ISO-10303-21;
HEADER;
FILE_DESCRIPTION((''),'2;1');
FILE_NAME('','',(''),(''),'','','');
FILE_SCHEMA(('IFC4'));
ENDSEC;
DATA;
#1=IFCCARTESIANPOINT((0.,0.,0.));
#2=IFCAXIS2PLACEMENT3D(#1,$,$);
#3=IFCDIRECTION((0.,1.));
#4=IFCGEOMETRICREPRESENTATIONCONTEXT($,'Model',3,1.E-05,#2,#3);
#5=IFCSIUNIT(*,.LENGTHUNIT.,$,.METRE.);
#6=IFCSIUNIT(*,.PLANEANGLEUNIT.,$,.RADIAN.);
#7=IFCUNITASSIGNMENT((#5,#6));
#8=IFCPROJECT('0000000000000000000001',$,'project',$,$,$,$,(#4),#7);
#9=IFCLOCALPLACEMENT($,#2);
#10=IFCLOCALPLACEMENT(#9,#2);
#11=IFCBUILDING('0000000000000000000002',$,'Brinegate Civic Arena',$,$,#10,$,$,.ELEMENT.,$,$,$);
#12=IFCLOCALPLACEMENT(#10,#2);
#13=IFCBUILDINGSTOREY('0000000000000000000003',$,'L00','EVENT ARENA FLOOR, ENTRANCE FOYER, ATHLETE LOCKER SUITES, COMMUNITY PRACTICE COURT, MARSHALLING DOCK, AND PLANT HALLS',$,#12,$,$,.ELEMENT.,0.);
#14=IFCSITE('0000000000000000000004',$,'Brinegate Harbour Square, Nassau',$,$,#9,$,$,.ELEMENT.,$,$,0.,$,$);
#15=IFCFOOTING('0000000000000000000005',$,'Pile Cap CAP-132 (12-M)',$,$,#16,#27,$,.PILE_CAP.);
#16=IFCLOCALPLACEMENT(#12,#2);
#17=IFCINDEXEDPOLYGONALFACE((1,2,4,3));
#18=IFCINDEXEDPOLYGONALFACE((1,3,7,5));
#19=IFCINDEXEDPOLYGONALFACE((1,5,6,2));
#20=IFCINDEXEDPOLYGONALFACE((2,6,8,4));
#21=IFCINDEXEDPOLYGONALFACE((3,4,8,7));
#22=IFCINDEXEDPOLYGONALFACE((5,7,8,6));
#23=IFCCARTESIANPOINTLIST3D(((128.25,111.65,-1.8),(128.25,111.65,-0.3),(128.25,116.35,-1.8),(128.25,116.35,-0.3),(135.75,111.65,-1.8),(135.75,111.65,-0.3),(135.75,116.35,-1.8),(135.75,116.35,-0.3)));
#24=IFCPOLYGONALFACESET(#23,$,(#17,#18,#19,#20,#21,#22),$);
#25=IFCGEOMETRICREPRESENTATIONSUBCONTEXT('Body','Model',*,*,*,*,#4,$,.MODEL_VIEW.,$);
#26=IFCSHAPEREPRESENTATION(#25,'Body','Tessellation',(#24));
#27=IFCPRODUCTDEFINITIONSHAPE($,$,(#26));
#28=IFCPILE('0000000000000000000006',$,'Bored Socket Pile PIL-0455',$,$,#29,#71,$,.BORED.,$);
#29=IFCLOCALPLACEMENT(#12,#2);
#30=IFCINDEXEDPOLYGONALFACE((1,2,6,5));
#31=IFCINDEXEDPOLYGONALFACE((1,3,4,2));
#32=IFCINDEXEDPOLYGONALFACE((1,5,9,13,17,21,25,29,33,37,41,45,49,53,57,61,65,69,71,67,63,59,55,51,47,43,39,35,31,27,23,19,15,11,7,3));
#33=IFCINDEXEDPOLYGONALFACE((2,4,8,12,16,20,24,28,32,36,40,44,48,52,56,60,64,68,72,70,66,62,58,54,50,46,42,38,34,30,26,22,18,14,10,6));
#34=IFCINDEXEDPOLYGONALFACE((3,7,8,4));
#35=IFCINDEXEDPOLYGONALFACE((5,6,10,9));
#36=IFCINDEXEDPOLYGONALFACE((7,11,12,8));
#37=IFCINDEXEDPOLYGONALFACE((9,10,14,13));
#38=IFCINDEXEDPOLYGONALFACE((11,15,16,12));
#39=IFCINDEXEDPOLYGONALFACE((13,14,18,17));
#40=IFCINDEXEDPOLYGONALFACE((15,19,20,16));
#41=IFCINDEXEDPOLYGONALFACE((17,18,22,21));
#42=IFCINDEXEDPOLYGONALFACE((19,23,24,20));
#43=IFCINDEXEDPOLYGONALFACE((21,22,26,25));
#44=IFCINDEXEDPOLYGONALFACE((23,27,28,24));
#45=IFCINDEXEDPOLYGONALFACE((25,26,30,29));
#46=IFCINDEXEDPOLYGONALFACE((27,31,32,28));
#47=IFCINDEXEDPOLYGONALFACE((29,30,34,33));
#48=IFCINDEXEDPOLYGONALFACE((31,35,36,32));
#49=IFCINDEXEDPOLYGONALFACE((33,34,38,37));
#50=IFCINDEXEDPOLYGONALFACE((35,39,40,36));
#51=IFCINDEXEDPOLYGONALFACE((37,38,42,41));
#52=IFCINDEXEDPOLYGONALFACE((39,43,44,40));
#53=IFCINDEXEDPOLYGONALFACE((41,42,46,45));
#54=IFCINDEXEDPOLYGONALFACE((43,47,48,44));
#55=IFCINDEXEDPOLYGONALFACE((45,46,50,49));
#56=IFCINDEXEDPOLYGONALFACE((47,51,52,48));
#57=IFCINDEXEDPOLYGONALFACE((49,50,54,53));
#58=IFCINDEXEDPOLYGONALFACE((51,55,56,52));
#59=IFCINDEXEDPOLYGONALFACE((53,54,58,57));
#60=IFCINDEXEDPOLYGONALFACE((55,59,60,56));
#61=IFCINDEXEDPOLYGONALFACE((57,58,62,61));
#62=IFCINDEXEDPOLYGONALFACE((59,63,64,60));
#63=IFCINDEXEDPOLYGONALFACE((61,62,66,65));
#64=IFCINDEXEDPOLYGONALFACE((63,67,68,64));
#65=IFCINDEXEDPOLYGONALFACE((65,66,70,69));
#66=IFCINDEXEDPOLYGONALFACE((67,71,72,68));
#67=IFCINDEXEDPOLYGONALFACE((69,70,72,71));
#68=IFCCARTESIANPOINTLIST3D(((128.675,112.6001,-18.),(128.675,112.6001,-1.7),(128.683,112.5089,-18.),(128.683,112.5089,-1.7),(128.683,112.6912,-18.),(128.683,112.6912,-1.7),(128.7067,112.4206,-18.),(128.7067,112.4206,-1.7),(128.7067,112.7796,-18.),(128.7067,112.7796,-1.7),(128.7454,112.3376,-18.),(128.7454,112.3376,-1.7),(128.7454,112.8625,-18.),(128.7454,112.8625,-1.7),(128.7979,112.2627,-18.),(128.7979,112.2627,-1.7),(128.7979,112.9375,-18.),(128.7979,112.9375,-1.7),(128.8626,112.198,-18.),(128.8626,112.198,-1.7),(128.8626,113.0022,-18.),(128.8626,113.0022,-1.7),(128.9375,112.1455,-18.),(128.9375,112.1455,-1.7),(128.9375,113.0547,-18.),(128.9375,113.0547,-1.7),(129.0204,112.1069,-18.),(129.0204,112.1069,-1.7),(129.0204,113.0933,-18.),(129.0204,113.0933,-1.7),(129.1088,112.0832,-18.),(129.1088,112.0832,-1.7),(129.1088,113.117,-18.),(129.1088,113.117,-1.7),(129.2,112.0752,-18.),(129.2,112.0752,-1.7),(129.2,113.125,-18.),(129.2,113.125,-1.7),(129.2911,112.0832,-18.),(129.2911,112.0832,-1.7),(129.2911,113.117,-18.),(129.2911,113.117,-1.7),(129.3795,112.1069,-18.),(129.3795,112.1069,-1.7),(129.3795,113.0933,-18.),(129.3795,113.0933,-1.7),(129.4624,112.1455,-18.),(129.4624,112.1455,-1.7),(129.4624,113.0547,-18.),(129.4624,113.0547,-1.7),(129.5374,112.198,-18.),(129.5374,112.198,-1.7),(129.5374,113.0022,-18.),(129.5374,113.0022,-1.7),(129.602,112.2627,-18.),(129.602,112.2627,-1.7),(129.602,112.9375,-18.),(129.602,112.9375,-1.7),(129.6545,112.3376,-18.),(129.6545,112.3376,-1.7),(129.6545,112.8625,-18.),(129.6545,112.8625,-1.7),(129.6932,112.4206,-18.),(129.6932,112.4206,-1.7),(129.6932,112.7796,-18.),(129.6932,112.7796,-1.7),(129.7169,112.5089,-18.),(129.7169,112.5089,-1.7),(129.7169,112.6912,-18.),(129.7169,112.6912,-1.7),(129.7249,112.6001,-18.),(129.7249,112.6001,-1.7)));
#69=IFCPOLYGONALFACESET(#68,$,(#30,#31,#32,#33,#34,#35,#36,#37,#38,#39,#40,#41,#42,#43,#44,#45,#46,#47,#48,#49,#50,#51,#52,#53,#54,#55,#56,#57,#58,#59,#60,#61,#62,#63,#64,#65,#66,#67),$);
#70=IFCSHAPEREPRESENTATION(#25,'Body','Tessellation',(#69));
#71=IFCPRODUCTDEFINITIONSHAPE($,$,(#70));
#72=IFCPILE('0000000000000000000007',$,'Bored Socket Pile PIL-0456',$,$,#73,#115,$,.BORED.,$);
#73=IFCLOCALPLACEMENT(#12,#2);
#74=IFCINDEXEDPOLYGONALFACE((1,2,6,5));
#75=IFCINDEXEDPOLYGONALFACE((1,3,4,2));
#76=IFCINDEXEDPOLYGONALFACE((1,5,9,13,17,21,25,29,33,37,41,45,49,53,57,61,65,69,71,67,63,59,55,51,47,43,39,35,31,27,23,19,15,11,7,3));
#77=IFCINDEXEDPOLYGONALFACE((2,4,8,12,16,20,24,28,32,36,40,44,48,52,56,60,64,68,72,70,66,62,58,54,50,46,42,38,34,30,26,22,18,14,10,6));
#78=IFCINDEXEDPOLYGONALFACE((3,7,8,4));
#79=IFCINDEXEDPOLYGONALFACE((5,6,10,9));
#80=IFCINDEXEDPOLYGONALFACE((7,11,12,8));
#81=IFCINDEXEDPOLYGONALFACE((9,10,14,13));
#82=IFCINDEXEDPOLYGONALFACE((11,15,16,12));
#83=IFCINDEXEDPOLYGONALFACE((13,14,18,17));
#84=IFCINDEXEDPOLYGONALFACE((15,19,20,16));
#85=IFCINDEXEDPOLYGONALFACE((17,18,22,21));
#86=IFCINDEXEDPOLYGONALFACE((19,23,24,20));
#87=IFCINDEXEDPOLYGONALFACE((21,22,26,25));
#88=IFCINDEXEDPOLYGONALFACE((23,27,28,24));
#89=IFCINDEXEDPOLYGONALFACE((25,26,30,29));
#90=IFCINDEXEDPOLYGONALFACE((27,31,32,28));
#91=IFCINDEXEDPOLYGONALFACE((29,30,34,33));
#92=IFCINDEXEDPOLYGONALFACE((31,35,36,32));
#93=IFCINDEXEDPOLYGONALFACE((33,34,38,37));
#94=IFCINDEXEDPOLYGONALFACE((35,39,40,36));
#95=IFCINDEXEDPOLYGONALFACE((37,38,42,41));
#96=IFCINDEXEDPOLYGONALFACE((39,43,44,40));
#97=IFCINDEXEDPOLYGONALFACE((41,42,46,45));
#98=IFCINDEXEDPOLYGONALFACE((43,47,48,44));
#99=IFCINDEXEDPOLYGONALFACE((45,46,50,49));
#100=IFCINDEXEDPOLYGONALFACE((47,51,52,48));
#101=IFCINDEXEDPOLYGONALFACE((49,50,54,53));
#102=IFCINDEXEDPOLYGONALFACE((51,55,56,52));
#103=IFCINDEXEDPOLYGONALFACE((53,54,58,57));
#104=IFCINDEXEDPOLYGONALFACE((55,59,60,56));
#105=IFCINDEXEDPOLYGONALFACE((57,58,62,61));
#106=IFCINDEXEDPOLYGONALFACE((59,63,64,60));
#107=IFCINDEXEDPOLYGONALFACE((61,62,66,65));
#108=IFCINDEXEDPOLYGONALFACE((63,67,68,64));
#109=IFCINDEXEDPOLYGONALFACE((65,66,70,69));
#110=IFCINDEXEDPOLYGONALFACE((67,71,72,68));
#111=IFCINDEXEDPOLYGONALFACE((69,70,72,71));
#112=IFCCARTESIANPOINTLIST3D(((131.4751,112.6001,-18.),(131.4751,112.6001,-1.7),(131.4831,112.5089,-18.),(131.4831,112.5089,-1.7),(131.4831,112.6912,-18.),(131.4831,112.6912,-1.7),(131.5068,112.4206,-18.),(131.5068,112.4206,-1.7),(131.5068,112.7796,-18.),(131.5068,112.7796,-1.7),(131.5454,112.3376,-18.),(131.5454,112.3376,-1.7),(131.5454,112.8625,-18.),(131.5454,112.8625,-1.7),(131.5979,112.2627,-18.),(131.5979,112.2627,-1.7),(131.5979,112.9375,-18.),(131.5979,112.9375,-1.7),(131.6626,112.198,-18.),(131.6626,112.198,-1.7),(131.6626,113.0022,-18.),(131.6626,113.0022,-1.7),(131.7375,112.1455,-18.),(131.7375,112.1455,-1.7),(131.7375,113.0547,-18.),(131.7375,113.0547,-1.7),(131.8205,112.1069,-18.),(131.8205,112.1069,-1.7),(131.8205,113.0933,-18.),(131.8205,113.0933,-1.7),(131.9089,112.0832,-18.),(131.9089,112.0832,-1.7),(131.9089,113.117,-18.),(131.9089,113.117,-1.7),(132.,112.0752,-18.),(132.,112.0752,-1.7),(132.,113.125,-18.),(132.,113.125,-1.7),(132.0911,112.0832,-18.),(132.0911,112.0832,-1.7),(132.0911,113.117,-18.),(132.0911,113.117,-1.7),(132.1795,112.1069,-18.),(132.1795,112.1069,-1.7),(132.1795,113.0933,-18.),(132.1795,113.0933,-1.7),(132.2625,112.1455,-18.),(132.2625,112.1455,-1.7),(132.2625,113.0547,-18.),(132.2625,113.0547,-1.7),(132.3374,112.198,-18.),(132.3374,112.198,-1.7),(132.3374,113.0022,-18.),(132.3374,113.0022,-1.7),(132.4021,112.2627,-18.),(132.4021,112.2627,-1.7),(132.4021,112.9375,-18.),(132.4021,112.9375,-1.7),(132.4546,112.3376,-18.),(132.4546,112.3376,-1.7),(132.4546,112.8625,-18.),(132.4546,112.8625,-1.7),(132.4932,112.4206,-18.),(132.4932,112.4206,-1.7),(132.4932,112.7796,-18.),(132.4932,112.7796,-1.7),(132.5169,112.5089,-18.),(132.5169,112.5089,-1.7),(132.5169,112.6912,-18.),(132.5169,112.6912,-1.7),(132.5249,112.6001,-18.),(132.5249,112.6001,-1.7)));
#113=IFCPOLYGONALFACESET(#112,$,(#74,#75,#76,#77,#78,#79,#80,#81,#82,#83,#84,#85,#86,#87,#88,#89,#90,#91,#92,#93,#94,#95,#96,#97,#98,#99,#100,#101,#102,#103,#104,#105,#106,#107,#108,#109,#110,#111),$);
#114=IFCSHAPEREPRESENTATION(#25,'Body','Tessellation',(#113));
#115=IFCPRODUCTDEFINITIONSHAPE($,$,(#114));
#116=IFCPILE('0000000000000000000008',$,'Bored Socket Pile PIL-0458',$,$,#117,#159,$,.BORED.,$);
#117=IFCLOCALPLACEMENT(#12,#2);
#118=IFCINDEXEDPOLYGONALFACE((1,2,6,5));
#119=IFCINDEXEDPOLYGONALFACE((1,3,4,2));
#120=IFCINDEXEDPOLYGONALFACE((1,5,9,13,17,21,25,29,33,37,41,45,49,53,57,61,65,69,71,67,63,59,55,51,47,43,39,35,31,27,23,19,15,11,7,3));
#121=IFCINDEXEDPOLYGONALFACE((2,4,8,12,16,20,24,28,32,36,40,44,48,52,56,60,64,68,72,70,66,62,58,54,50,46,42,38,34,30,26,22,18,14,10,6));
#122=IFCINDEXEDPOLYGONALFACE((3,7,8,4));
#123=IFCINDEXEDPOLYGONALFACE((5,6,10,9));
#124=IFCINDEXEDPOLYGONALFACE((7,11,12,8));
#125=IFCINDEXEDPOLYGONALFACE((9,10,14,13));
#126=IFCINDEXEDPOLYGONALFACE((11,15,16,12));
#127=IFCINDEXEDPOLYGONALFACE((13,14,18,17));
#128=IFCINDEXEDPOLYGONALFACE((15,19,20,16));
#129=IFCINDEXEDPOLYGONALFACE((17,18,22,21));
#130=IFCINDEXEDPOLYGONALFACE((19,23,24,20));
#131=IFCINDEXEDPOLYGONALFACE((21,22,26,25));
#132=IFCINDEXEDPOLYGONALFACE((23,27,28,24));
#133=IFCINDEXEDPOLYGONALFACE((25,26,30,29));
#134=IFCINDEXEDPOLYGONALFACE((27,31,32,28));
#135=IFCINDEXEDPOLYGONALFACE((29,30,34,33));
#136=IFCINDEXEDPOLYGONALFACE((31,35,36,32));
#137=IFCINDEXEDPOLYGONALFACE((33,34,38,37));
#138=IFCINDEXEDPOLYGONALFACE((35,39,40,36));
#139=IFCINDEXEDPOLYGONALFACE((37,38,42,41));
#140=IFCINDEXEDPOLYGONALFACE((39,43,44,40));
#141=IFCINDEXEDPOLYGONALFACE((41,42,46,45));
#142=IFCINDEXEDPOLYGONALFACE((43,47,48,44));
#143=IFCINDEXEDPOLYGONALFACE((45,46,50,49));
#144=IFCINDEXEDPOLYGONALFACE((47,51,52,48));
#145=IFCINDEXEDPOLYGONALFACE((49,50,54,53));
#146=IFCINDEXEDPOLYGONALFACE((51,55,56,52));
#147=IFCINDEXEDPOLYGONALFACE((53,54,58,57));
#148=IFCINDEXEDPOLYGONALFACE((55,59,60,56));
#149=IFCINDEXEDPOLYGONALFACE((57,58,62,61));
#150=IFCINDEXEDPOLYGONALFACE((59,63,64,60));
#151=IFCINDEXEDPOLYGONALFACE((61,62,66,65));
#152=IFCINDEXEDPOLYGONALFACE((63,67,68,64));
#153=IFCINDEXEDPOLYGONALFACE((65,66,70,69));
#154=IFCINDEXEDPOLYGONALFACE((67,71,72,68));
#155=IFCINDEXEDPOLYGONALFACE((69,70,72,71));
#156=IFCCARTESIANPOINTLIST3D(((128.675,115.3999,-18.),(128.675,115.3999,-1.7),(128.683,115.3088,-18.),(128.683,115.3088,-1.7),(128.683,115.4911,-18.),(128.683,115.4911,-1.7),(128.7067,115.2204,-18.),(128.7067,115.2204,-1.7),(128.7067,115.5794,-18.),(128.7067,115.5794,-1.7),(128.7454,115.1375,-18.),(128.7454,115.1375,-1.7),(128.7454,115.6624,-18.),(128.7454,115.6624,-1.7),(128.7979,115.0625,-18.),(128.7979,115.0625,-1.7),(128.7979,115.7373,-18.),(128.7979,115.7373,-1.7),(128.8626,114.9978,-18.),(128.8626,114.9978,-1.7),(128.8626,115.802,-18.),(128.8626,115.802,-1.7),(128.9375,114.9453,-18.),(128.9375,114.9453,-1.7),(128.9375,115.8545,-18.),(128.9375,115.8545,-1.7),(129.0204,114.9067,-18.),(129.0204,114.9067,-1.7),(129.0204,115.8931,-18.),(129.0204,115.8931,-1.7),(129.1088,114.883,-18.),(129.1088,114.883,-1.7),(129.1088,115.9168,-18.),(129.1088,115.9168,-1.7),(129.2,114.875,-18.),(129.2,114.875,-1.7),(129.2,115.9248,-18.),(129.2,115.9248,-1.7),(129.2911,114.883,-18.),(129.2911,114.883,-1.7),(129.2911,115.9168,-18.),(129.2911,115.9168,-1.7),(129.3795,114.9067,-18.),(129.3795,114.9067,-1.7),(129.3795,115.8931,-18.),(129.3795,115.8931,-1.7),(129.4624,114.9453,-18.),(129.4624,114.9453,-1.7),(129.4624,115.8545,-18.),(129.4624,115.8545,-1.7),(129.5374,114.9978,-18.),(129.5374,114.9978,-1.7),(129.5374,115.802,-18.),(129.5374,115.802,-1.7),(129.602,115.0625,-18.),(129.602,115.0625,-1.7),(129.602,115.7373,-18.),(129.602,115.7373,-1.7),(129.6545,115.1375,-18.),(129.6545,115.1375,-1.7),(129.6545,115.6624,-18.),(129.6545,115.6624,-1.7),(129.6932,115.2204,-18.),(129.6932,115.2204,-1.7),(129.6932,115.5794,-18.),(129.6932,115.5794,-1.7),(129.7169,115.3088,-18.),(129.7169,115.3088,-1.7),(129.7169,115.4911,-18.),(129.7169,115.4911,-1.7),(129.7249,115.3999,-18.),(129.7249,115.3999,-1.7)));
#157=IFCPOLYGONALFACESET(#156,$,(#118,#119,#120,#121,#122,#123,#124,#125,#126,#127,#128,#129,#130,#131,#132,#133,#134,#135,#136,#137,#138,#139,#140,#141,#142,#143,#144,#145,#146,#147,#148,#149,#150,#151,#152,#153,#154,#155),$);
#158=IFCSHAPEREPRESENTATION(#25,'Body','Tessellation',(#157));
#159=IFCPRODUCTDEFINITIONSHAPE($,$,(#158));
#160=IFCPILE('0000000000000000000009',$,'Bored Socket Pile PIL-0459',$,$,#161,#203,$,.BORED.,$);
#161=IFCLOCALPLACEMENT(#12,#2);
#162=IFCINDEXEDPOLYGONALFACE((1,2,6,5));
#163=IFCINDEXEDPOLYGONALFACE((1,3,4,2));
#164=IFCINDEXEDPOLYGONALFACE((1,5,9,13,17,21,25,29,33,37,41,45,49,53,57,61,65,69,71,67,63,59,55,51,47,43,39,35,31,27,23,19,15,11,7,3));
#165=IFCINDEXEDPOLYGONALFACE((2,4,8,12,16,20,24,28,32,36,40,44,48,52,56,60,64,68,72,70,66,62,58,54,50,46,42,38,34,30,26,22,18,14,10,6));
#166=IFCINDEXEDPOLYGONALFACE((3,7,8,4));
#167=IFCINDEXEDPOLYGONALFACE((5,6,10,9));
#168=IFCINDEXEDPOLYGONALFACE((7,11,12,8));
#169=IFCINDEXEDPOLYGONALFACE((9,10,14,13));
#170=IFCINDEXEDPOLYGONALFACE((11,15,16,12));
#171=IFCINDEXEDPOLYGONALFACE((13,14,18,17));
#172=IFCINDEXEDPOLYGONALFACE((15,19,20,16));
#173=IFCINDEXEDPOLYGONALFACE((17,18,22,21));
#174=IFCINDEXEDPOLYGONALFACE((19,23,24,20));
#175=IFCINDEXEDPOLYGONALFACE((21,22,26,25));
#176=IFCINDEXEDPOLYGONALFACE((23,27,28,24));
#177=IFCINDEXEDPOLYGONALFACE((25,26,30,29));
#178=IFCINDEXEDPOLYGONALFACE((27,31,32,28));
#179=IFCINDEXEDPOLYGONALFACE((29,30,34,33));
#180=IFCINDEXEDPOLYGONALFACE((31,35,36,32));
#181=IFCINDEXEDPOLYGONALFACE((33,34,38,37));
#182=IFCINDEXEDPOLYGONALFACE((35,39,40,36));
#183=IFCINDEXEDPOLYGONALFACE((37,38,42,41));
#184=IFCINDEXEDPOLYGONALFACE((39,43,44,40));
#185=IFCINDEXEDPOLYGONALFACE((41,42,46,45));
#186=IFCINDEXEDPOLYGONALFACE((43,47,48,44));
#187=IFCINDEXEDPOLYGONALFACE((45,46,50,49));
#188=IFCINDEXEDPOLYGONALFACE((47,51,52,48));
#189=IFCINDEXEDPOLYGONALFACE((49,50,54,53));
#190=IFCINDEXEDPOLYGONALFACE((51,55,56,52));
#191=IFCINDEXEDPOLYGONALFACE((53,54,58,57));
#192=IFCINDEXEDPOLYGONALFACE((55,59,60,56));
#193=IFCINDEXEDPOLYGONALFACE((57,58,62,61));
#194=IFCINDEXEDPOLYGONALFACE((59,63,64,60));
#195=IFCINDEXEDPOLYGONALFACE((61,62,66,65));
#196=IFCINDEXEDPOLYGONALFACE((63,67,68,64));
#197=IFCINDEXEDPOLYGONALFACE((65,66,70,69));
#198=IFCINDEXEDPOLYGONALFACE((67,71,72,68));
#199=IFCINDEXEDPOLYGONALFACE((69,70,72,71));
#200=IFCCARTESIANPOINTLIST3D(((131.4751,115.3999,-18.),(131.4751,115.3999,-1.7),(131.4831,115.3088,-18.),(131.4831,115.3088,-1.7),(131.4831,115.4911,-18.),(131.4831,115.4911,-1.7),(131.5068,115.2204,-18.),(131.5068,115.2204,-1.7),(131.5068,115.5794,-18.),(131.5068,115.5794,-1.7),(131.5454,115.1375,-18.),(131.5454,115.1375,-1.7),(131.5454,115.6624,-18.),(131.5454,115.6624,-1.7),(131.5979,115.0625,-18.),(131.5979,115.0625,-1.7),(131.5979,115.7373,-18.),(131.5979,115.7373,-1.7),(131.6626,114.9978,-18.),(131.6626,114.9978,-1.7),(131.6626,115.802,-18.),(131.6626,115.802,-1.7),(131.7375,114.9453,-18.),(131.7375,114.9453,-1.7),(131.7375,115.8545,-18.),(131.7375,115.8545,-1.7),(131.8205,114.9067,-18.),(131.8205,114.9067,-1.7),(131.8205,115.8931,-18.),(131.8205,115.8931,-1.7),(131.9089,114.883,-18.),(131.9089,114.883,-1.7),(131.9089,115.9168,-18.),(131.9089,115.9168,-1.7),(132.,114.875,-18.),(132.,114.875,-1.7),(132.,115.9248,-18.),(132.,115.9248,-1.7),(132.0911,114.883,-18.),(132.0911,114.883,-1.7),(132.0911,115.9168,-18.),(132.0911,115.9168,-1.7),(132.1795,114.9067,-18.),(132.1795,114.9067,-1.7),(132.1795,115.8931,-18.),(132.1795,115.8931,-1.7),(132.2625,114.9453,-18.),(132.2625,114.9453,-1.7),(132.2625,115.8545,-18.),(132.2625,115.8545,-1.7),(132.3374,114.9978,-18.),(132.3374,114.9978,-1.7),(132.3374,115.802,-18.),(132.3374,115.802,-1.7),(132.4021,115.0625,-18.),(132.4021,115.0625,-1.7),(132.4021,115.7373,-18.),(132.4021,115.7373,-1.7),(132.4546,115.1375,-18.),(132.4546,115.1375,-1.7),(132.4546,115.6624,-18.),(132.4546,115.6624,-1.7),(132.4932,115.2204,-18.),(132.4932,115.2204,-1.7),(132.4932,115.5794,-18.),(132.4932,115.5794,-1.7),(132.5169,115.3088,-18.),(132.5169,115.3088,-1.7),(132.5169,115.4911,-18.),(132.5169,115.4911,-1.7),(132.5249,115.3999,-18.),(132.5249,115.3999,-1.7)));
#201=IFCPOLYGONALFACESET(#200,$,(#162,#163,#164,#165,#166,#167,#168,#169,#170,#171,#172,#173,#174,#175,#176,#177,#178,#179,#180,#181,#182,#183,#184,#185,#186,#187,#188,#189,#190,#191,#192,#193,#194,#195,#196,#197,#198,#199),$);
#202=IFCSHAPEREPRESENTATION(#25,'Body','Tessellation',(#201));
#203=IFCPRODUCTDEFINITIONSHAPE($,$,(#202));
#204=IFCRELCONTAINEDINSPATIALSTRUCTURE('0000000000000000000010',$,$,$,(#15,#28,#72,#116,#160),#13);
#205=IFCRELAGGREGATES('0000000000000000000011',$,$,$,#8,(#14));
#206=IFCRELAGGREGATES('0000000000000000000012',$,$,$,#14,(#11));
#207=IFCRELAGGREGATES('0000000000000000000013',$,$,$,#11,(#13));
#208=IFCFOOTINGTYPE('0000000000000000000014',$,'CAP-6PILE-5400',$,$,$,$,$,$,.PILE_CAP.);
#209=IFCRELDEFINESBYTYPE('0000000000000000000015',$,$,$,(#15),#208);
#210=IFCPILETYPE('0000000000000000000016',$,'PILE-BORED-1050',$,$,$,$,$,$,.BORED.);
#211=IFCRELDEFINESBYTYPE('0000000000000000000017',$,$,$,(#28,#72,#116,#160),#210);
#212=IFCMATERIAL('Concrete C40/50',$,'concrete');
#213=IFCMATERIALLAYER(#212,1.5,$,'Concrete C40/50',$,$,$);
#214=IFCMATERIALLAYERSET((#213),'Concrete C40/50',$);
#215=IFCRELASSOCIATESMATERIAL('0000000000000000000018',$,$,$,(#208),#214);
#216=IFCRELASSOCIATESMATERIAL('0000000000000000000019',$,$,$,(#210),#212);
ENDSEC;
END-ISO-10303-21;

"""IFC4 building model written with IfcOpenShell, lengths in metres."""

from ifc_helpers import new_model, si_unit, direction, frame, origin, origin_2d, place, context, subcontext, project, spatial, rectangle, circle, extrude, material, layer, layer_set, material_profile, profile_set, type_object, element, save


model = new_model("IFC4")

# Units and contexts
model_context = context("Model", 3, precision=1e-05, world=origin(), true_north=direction((0.0, 1.0)))
body_context = subcontext(model_context, "Body", "Model", "MODEL_VIEW")
ifc_project = project(units=[si_unit("LENGTHUNIT", "METRE"), si_unit("PLANEANGLEUNIT", "RADIAN")], contexts=[model_context])

# Site, building, storey
site_placement = place(None, origin())
site = spatial("IfcSite", under=ifc_project, at=site_placement, Name="Brinegate Harbour Square, Nassau", CompositionType="ELEMENT", RefElevation=0.0)
building_placement = place(site_placement, origin())
building = spatial("IfcBuilding", under=site, at=building_placement, Name="Brinegate Civic Arena", CompositionType="ELEMENT")
storey_placement = place(building_placement, origin())
storey = spatial("IfcBuildingStorey", under=building, at=storey_placement, Name="L00", Description="EVENT ARENA FLOOR, ENTRANCE FOYER, ATHLETE LOCKER SUITES, COMMUNITY PRACTICE COURT, MARSHALLING DOCK, AND PLANT HALLS", CompositionType="ELEMENT", Elevation=0.0)

# Footing
ifc_material_1 = material(Name="Concrete C40/50", Category="concrete")
ifc_layer_1 = layer(ifc_material_1, 1.5, Name="Concrete C40/50")
ifc_layer_set_1 = layer_set([ifc_layer_1], Name="Concrete C40/50")
footing_type_1 = type_object("IfcFootingType", Name="CAP-6PILE-5400", PredefinedType="PILE_CAP", material=ifc_layer_set_1)
footing_1_placement = place(storey_placement, frame((132.0, 114.0, -1.8), z_axis=(0.0, 0.0, 1.0), x_axis=(1.0, 0.0, 0.0)))
element("IfcFooting", 1, at=footing_1_placement, inside=storey, type_object=footing_type_1, Name="Pile Cap CAP-132 (12-M)", PredefinedType="PILE_CAP", context=body_context, shape_type="SweptSolid", body=[
    extrude(rectangle(XDim=7.5, YDim=4.7, at=origin_2d()), origin(), (0.0, 0.0, 1.0), 1.5),
])

# Piles
ifc_material_profile_1 = material_profile(ifc_material_1, circle(Radius=0.5249, at=origin_2d()), Name="PILED1050")
ifc_profile_set_1 = profile_set([ifc_material_profile_1], Name="Concrete C40/50")
pile_type_1 = type_object("IfcPileType", Name="PILE-BORED-1050", PredefinedType="BORED", material=ifc_profile_set_1)
for number, where, z_axis, x_axis, name in (
    (2, (129.2, 112.6001, -1.7), (0.0, 0.0, -1.0), (1.0, 0.0, 0.0), "Bored Socket Pile PIL-0455"),
    (3, (132.0, 112.6001, -1.7), (0.0, 0.0, -1.0), (1.0, 0.0, 0.0), "Bored Socket Pile PIL-0456"),
    (4, (129.2, 115.3999, -1.7), (0.0, 0.0, -1.0), (1.0, 0.0, 0.0), "Bored Socket Pile PIL-0458"),
    (5, (132.0, 115.3999, -1.7), (0.0, 0.0, -1.0), (1.0, 0.0, 0.0), "Bored Socket Pile PIL-0459"),
):
    element("IfcPile", number, at=place(storey_placement, frame(where, z_axis=z_axis, x_axis=x_axis)), inside=storey, type_object=pile_type_1, Name=name, PredefinedType="BORED", context=body_context, shape_type="SweptSolid", body=[
        extrude(circle(Radius=0.5249, at=origin_2d()), origin(), (0.0, 0.0, 1.0), 16.3),
    ])

save(model, "model.ifc")
